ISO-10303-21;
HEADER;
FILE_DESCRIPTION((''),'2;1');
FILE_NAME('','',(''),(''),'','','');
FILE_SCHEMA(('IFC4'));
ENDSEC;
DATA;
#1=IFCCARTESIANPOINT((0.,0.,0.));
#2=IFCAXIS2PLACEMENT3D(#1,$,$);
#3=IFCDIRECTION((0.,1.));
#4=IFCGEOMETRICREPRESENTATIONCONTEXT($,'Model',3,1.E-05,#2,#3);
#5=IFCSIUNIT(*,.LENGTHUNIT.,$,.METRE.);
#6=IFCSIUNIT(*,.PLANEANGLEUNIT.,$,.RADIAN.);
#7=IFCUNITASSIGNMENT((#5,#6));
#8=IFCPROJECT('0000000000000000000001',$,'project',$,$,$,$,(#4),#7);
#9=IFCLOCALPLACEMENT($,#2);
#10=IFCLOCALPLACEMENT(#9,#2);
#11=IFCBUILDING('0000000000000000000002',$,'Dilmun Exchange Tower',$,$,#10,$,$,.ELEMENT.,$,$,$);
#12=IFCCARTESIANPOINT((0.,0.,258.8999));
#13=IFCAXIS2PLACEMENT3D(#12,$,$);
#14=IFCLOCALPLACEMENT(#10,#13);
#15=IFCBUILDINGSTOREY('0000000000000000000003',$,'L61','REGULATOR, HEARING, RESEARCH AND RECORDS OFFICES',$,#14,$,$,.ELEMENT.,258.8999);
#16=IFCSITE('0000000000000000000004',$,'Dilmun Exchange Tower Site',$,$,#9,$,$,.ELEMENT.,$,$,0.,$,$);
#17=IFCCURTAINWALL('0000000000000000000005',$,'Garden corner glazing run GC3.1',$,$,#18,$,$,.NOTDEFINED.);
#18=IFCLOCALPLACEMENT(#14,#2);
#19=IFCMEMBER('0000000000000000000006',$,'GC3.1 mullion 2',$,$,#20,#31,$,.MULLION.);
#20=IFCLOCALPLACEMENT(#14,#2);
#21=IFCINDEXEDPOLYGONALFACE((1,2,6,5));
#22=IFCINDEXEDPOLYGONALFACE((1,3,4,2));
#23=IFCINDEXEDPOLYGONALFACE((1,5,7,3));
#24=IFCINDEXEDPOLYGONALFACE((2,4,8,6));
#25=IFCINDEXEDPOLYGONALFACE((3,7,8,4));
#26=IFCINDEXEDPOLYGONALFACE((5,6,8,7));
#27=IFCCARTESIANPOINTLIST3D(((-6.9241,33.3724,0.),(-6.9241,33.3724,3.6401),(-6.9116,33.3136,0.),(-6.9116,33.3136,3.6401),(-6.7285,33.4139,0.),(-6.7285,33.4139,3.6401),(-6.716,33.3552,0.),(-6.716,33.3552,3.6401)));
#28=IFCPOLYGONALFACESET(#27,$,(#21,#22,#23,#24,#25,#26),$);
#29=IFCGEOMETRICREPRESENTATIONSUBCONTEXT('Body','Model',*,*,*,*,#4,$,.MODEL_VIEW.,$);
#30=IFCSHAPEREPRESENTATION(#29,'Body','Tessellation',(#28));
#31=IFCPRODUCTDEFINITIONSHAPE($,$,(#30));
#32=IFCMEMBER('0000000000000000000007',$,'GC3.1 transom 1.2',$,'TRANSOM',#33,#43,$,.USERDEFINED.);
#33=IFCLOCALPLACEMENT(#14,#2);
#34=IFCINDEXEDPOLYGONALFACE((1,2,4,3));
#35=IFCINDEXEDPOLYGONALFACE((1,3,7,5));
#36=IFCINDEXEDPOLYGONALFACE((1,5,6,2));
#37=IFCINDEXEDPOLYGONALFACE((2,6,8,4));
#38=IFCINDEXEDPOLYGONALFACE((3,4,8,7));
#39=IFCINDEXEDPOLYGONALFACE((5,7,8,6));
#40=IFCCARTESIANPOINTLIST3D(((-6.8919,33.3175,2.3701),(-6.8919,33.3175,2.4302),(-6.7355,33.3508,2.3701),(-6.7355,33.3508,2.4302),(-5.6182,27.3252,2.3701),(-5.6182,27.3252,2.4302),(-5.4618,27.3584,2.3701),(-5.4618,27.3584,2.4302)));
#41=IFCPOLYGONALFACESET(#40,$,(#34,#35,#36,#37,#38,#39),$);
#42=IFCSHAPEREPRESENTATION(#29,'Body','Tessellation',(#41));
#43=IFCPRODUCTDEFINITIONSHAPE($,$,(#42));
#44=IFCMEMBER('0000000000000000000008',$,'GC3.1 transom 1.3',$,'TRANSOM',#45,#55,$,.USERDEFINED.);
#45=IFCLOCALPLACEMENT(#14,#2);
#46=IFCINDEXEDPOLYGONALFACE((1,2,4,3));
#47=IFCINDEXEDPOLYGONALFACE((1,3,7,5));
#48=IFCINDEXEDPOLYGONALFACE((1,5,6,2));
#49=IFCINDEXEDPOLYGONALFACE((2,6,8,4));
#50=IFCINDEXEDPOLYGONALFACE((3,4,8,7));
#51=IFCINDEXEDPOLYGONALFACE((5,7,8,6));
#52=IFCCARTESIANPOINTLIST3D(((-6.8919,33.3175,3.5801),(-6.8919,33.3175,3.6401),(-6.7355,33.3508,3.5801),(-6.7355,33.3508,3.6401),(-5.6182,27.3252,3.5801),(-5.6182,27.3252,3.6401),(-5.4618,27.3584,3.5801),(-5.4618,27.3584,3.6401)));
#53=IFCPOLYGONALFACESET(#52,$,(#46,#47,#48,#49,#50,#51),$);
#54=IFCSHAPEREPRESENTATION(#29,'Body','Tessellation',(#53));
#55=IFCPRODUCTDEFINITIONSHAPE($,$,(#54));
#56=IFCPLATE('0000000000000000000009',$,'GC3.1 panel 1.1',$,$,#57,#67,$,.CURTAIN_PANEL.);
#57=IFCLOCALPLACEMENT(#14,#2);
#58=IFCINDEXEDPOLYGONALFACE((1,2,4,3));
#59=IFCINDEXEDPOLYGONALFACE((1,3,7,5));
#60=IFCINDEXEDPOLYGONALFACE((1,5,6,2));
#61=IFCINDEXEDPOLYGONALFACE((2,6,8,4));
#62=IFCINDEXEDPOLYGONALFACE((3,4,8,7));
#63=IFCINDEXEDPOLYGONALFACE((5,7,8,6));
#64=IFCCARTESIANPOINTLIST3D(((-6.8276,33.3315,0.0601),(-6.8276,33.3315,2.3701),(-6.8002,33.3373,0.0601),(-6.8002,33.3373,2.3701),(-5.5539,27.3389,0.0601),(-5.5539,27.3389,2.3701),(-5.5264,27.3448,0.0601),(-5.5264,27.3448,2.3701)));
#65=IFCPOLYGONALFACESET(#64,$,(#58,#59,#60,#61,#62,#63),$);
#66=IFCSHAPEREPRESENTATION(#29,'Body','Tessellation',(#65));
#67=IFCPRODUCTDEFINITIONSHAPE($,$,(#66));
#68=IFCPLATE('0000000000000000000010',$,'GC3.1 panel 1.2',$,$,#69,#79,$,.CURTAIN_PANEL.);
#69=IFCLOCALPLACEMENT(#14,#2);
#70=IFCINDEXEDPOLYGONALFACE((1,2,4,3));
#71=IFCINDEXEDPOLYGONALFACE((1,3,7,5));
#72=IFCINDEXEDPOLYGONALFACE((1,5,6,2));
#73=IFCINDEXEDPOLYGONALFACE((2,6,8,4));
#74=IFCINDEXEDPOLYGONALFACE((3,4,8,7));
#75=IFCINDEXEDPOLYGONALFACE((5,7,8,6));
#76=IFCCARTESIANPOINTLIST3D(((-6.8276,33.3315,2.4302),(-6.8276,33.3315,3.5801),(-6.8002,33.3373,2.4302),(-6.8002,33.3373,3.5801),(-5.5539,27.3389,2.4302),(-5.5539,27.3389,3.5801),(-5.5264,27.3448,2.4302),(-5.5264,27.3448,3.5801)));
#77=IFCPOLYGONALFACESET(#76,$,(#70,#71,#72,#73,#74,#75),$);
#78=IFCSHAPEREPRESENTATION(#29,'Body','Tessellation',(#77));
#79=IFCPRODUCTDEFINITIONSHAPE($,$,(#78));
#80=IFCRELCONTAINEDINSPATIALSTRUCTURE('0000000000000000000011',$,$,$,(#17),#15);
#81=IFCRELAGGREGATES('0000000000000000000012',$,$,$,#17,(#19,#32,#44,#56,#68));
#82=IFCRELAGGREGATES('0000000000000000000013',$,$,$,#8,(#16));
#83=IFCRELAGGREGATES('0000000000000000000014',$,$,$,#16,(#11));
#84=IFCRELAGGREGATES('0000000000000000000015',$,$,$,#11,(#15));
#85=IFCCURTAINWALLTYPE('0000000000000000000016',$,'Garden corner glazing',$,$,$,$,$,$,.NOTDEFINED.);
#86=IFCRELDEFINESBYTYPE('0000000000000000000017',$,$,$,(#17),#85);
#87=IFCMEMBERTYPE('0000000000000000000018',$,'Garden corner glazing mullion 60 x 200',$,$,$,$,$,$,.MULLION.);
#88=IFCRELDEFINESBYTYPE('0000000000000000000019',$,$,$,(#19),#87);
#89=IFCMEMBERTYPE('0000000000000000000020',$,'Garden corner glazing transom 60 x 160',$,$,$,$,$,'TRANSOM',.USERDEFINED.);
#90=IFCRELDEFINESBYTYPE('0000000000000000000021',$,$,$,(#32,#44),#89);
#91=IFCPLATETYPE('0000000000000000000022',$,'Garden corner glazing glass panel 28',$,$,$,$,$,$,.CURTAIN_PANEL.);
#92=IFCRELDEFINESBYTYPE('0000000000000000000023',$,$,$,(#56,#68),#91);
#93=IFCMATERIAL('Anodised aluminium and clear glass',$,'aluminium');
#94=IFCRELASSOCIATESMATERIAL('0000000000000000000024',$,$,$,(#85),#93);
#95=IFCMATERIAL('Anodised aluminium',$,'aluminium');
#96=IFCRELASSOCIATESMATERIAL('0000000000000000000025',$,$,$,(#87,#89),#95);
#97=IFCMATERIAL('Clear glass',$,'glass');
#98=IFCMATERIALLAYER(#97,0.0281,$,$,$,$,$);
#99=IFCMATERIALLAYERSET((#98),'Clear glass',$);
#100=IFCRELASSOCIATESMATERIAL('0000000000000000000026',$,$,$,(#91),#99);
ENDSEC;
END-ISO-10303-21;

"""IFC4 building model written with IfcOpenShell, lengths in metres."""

from ifc_helpers import new_model, si_unit, direction, frame, origin, origin_2d, place, context, subcontext, project, spatial, rectangle, extrude, material, layer, layer_set, material_profile, profile_set, type_object, element, aggregate, save


model = new_model("IFC4")

# Units and contexts
model_context = context("Model", 3, precision=1e-05, world=origin(), true_north=direction((0.0, 1.0)))
body_context = subcontext(model_context, "Body", "Model", "MODEL_VIEW")
ifc_project = project(units=[si_unit("LENGTHUNIT", "METRE"), si_unit("PLANEANGLEUNIT", "RADIAN")], contexts=[model_context])

# Site, building, storey
site_placement = place(None, origin())
site = spatial("IfcSite", under=ifc_project, at=site_placement, Name="Dilmun Exchange Tower Site", CompositionType="ELEMENT", RefElevation=0.0)
building_placement = place(site_placement, origin())
building = spatial("IfcBuilding", under=site, at=building_placement, Name="Dilmun Exchange Tower", CompositionType="ELEMENT")
storey_placement = place(building_placement, frame((0.0, 0.0, 258.8999)))
storey = spatial("IfcBuildingStorey", under=building, at=storey_placement, Name="L61", Description="REGULATOR, HEARING, RESEARCH AND RECORDS OFFICES", CompositionType="ELEMENT", Elevation=258.8999)

# Curtain wall, members, plates
ifc_material_1 = material(Name="Anodised aluminium and clear glass", Category="aluminium")
curtain_wall_type = type_object("IfcCurtainWallType", Name="Garden corner glazing", PredefinedType="NOTDEFINED", material=ifc_material_1)
curtain_wall_placement = place(storey_placement, origin())
curtain_wall = element("IfcCurtainWall", 1, at=curtain_wall_placement, inside=storey, type_object=curtain_wall_type, Name="Garden corner glazing run GC3.1", PredefinedType="NOTDEFINED")
ifc_material_2 = material(Name="Anodised aluminium", Category="aluminium")
ifc_material_profile_1 = material_profile(ifc_material_2, rectangle(XDim=0.2, YDim=0.0601, at=origin_2d()), Name="AL 60x200")
ifc_profile_set_1 = profile_set([ifc_material_profile_1], Name="Anodised aluminium")
member_type_1 = type_object("IfcMemberType", Name="Garden corner glazing mullion 60 x 200", PredefinedType="MULLION", material=ifc_profile_set_1)
member_1_placement = place(storey_placement, frame((-6.8201, 33.3638, 0.0), z_axis=(0.0, 0.0, 1.0), x_axis=(-0.978148, -0.207912, 0.0)))
member_1 = element("IfcMember", 2, at=member_1_placement, type_object=member_type_1, Name="GC3.1 mullion 2", PredefinedType="MULLION", context=body_context, shape_type="SweptSolid", body=[
    extrude(rectangle(XDim=0.2, YDim=0.0601, at=origin_2d()), origin(), (0.0, 0.0, 1.0), 3.6401),
])
ifc_material_profile_2 = material_profile(ifc_material_2, rectangle(XDim=0.1599, YDim=0.0601, at=origin_2d()), Name="AL 60x160")
ifc_profile_set_2 = profile_set([ifc_material_profile_2], Name="Anodised aluminium")
member_type_2 = type_object("IfcMemberType", Name="Garden corner glazing transom 60 x 160", ElementType="TRANSOM", PredefinedType="USERDEFINED", material=ifc_profile_set_2)
member_2_placement = place(storey_placement, frame((-5.54, 27.3418, 2.4001), z_axis=(-0.207904, 0.978149, 0.0), x_axis=(-0.978149, -0.207904, 0.0)))
member_2 = element("IfcMember", 3, at=member_2_placement, type_object=member_type_2, Name="GC3.1 transom 1.2", ObjectType="TRANSOM", PredefinedType="USERDEFINED", context=body_context, shape_type="SweptSolid", body=[
    extrude(rectangle(XDim=0.1599, YDim=0.0601, at=origin_2d()), origin(), (0.0, 0.0, 1.0), 6.1262),
])
member_3_placement = place(storey_placement, frame((-5.54, 27.3418, 3.6101), z_axis=(-0.207904, 0.978149, 0.0), x_axis=(-0.978149, -0.207904, 0.0)))
member_3 = element("IfcMember", 4, at=member_3_placement, type_object=member_type_2, Name="GC3.1 transom 1.3", ObjectType="TRANSOM", PredefinedType="USERDEFINED", context=body_context, shape_type="SweptSolid", body=[
    extrude(rectangle(XDim=0.1599, YDim=0.0601, at=origin_2d()), origin(), (0.0, 0.0, 1.0), 6.1262),
])
ifc_material_3 = material(Name="Clear glass", Category="glass")
ifc_layer_1 = layer(ifc_material_3, 0.0281)
ifc_layer_set_1 = layer_set([ifc_layer_1], Name="Clear glass")
plate_type = type_object("IfcPlateType", Name="Garden corner glazing glass panel 28", PredefinedType="CURTAIN_PANEL", material=ifc_layer_set_1)
plate_1_placement = place(storey_placement, frame((-6.177, 30.3381, 0.0601), z_axis=(0.0, 0.0, 1.0), x_axis=(-0.207912, 0.978148, 0.0)))
plate_1 = element("IfcPlate", 5, at=plate_1_placement, type_object=plate_type, Name="GC3.1 panel 1.1", PredefinedType="CURTAIN_PANEL", context=body_context, shape_type="SweptSolid", body=[
    extrude(rectangle(XDim=6.1265, YDim=0.0281, at=origin_2d()), origin(), (0.0, 0.0, 1.0), 2.3101),
])
plate_2_placement = place(storey_placement, frame((-6.177, 30.3381, 2.4302), z_axis=(0.0, 0.0, 1.0), x_axis=(-0.207912, 0.978148, 0.0)))
plate_2 = element("IfcPlate", 6, at=plate_2_placement, type_object=plate_type, Name="GC3.1 panel 1.2", PredefinedType="CURTAIN_PANEL", context=body_context, shape_type="SweptSolid", body=[
    extrude(rectangle(XDim=6.1265, YDim=0.0281, at=origin_2d()), origin(), (0.0, 0.0, 1.0), 1.1499),
])
aggregate(curtain_wall, [member_1, member_2, member_3, plate_1, plate_2])

save(model, "model.ifc")
